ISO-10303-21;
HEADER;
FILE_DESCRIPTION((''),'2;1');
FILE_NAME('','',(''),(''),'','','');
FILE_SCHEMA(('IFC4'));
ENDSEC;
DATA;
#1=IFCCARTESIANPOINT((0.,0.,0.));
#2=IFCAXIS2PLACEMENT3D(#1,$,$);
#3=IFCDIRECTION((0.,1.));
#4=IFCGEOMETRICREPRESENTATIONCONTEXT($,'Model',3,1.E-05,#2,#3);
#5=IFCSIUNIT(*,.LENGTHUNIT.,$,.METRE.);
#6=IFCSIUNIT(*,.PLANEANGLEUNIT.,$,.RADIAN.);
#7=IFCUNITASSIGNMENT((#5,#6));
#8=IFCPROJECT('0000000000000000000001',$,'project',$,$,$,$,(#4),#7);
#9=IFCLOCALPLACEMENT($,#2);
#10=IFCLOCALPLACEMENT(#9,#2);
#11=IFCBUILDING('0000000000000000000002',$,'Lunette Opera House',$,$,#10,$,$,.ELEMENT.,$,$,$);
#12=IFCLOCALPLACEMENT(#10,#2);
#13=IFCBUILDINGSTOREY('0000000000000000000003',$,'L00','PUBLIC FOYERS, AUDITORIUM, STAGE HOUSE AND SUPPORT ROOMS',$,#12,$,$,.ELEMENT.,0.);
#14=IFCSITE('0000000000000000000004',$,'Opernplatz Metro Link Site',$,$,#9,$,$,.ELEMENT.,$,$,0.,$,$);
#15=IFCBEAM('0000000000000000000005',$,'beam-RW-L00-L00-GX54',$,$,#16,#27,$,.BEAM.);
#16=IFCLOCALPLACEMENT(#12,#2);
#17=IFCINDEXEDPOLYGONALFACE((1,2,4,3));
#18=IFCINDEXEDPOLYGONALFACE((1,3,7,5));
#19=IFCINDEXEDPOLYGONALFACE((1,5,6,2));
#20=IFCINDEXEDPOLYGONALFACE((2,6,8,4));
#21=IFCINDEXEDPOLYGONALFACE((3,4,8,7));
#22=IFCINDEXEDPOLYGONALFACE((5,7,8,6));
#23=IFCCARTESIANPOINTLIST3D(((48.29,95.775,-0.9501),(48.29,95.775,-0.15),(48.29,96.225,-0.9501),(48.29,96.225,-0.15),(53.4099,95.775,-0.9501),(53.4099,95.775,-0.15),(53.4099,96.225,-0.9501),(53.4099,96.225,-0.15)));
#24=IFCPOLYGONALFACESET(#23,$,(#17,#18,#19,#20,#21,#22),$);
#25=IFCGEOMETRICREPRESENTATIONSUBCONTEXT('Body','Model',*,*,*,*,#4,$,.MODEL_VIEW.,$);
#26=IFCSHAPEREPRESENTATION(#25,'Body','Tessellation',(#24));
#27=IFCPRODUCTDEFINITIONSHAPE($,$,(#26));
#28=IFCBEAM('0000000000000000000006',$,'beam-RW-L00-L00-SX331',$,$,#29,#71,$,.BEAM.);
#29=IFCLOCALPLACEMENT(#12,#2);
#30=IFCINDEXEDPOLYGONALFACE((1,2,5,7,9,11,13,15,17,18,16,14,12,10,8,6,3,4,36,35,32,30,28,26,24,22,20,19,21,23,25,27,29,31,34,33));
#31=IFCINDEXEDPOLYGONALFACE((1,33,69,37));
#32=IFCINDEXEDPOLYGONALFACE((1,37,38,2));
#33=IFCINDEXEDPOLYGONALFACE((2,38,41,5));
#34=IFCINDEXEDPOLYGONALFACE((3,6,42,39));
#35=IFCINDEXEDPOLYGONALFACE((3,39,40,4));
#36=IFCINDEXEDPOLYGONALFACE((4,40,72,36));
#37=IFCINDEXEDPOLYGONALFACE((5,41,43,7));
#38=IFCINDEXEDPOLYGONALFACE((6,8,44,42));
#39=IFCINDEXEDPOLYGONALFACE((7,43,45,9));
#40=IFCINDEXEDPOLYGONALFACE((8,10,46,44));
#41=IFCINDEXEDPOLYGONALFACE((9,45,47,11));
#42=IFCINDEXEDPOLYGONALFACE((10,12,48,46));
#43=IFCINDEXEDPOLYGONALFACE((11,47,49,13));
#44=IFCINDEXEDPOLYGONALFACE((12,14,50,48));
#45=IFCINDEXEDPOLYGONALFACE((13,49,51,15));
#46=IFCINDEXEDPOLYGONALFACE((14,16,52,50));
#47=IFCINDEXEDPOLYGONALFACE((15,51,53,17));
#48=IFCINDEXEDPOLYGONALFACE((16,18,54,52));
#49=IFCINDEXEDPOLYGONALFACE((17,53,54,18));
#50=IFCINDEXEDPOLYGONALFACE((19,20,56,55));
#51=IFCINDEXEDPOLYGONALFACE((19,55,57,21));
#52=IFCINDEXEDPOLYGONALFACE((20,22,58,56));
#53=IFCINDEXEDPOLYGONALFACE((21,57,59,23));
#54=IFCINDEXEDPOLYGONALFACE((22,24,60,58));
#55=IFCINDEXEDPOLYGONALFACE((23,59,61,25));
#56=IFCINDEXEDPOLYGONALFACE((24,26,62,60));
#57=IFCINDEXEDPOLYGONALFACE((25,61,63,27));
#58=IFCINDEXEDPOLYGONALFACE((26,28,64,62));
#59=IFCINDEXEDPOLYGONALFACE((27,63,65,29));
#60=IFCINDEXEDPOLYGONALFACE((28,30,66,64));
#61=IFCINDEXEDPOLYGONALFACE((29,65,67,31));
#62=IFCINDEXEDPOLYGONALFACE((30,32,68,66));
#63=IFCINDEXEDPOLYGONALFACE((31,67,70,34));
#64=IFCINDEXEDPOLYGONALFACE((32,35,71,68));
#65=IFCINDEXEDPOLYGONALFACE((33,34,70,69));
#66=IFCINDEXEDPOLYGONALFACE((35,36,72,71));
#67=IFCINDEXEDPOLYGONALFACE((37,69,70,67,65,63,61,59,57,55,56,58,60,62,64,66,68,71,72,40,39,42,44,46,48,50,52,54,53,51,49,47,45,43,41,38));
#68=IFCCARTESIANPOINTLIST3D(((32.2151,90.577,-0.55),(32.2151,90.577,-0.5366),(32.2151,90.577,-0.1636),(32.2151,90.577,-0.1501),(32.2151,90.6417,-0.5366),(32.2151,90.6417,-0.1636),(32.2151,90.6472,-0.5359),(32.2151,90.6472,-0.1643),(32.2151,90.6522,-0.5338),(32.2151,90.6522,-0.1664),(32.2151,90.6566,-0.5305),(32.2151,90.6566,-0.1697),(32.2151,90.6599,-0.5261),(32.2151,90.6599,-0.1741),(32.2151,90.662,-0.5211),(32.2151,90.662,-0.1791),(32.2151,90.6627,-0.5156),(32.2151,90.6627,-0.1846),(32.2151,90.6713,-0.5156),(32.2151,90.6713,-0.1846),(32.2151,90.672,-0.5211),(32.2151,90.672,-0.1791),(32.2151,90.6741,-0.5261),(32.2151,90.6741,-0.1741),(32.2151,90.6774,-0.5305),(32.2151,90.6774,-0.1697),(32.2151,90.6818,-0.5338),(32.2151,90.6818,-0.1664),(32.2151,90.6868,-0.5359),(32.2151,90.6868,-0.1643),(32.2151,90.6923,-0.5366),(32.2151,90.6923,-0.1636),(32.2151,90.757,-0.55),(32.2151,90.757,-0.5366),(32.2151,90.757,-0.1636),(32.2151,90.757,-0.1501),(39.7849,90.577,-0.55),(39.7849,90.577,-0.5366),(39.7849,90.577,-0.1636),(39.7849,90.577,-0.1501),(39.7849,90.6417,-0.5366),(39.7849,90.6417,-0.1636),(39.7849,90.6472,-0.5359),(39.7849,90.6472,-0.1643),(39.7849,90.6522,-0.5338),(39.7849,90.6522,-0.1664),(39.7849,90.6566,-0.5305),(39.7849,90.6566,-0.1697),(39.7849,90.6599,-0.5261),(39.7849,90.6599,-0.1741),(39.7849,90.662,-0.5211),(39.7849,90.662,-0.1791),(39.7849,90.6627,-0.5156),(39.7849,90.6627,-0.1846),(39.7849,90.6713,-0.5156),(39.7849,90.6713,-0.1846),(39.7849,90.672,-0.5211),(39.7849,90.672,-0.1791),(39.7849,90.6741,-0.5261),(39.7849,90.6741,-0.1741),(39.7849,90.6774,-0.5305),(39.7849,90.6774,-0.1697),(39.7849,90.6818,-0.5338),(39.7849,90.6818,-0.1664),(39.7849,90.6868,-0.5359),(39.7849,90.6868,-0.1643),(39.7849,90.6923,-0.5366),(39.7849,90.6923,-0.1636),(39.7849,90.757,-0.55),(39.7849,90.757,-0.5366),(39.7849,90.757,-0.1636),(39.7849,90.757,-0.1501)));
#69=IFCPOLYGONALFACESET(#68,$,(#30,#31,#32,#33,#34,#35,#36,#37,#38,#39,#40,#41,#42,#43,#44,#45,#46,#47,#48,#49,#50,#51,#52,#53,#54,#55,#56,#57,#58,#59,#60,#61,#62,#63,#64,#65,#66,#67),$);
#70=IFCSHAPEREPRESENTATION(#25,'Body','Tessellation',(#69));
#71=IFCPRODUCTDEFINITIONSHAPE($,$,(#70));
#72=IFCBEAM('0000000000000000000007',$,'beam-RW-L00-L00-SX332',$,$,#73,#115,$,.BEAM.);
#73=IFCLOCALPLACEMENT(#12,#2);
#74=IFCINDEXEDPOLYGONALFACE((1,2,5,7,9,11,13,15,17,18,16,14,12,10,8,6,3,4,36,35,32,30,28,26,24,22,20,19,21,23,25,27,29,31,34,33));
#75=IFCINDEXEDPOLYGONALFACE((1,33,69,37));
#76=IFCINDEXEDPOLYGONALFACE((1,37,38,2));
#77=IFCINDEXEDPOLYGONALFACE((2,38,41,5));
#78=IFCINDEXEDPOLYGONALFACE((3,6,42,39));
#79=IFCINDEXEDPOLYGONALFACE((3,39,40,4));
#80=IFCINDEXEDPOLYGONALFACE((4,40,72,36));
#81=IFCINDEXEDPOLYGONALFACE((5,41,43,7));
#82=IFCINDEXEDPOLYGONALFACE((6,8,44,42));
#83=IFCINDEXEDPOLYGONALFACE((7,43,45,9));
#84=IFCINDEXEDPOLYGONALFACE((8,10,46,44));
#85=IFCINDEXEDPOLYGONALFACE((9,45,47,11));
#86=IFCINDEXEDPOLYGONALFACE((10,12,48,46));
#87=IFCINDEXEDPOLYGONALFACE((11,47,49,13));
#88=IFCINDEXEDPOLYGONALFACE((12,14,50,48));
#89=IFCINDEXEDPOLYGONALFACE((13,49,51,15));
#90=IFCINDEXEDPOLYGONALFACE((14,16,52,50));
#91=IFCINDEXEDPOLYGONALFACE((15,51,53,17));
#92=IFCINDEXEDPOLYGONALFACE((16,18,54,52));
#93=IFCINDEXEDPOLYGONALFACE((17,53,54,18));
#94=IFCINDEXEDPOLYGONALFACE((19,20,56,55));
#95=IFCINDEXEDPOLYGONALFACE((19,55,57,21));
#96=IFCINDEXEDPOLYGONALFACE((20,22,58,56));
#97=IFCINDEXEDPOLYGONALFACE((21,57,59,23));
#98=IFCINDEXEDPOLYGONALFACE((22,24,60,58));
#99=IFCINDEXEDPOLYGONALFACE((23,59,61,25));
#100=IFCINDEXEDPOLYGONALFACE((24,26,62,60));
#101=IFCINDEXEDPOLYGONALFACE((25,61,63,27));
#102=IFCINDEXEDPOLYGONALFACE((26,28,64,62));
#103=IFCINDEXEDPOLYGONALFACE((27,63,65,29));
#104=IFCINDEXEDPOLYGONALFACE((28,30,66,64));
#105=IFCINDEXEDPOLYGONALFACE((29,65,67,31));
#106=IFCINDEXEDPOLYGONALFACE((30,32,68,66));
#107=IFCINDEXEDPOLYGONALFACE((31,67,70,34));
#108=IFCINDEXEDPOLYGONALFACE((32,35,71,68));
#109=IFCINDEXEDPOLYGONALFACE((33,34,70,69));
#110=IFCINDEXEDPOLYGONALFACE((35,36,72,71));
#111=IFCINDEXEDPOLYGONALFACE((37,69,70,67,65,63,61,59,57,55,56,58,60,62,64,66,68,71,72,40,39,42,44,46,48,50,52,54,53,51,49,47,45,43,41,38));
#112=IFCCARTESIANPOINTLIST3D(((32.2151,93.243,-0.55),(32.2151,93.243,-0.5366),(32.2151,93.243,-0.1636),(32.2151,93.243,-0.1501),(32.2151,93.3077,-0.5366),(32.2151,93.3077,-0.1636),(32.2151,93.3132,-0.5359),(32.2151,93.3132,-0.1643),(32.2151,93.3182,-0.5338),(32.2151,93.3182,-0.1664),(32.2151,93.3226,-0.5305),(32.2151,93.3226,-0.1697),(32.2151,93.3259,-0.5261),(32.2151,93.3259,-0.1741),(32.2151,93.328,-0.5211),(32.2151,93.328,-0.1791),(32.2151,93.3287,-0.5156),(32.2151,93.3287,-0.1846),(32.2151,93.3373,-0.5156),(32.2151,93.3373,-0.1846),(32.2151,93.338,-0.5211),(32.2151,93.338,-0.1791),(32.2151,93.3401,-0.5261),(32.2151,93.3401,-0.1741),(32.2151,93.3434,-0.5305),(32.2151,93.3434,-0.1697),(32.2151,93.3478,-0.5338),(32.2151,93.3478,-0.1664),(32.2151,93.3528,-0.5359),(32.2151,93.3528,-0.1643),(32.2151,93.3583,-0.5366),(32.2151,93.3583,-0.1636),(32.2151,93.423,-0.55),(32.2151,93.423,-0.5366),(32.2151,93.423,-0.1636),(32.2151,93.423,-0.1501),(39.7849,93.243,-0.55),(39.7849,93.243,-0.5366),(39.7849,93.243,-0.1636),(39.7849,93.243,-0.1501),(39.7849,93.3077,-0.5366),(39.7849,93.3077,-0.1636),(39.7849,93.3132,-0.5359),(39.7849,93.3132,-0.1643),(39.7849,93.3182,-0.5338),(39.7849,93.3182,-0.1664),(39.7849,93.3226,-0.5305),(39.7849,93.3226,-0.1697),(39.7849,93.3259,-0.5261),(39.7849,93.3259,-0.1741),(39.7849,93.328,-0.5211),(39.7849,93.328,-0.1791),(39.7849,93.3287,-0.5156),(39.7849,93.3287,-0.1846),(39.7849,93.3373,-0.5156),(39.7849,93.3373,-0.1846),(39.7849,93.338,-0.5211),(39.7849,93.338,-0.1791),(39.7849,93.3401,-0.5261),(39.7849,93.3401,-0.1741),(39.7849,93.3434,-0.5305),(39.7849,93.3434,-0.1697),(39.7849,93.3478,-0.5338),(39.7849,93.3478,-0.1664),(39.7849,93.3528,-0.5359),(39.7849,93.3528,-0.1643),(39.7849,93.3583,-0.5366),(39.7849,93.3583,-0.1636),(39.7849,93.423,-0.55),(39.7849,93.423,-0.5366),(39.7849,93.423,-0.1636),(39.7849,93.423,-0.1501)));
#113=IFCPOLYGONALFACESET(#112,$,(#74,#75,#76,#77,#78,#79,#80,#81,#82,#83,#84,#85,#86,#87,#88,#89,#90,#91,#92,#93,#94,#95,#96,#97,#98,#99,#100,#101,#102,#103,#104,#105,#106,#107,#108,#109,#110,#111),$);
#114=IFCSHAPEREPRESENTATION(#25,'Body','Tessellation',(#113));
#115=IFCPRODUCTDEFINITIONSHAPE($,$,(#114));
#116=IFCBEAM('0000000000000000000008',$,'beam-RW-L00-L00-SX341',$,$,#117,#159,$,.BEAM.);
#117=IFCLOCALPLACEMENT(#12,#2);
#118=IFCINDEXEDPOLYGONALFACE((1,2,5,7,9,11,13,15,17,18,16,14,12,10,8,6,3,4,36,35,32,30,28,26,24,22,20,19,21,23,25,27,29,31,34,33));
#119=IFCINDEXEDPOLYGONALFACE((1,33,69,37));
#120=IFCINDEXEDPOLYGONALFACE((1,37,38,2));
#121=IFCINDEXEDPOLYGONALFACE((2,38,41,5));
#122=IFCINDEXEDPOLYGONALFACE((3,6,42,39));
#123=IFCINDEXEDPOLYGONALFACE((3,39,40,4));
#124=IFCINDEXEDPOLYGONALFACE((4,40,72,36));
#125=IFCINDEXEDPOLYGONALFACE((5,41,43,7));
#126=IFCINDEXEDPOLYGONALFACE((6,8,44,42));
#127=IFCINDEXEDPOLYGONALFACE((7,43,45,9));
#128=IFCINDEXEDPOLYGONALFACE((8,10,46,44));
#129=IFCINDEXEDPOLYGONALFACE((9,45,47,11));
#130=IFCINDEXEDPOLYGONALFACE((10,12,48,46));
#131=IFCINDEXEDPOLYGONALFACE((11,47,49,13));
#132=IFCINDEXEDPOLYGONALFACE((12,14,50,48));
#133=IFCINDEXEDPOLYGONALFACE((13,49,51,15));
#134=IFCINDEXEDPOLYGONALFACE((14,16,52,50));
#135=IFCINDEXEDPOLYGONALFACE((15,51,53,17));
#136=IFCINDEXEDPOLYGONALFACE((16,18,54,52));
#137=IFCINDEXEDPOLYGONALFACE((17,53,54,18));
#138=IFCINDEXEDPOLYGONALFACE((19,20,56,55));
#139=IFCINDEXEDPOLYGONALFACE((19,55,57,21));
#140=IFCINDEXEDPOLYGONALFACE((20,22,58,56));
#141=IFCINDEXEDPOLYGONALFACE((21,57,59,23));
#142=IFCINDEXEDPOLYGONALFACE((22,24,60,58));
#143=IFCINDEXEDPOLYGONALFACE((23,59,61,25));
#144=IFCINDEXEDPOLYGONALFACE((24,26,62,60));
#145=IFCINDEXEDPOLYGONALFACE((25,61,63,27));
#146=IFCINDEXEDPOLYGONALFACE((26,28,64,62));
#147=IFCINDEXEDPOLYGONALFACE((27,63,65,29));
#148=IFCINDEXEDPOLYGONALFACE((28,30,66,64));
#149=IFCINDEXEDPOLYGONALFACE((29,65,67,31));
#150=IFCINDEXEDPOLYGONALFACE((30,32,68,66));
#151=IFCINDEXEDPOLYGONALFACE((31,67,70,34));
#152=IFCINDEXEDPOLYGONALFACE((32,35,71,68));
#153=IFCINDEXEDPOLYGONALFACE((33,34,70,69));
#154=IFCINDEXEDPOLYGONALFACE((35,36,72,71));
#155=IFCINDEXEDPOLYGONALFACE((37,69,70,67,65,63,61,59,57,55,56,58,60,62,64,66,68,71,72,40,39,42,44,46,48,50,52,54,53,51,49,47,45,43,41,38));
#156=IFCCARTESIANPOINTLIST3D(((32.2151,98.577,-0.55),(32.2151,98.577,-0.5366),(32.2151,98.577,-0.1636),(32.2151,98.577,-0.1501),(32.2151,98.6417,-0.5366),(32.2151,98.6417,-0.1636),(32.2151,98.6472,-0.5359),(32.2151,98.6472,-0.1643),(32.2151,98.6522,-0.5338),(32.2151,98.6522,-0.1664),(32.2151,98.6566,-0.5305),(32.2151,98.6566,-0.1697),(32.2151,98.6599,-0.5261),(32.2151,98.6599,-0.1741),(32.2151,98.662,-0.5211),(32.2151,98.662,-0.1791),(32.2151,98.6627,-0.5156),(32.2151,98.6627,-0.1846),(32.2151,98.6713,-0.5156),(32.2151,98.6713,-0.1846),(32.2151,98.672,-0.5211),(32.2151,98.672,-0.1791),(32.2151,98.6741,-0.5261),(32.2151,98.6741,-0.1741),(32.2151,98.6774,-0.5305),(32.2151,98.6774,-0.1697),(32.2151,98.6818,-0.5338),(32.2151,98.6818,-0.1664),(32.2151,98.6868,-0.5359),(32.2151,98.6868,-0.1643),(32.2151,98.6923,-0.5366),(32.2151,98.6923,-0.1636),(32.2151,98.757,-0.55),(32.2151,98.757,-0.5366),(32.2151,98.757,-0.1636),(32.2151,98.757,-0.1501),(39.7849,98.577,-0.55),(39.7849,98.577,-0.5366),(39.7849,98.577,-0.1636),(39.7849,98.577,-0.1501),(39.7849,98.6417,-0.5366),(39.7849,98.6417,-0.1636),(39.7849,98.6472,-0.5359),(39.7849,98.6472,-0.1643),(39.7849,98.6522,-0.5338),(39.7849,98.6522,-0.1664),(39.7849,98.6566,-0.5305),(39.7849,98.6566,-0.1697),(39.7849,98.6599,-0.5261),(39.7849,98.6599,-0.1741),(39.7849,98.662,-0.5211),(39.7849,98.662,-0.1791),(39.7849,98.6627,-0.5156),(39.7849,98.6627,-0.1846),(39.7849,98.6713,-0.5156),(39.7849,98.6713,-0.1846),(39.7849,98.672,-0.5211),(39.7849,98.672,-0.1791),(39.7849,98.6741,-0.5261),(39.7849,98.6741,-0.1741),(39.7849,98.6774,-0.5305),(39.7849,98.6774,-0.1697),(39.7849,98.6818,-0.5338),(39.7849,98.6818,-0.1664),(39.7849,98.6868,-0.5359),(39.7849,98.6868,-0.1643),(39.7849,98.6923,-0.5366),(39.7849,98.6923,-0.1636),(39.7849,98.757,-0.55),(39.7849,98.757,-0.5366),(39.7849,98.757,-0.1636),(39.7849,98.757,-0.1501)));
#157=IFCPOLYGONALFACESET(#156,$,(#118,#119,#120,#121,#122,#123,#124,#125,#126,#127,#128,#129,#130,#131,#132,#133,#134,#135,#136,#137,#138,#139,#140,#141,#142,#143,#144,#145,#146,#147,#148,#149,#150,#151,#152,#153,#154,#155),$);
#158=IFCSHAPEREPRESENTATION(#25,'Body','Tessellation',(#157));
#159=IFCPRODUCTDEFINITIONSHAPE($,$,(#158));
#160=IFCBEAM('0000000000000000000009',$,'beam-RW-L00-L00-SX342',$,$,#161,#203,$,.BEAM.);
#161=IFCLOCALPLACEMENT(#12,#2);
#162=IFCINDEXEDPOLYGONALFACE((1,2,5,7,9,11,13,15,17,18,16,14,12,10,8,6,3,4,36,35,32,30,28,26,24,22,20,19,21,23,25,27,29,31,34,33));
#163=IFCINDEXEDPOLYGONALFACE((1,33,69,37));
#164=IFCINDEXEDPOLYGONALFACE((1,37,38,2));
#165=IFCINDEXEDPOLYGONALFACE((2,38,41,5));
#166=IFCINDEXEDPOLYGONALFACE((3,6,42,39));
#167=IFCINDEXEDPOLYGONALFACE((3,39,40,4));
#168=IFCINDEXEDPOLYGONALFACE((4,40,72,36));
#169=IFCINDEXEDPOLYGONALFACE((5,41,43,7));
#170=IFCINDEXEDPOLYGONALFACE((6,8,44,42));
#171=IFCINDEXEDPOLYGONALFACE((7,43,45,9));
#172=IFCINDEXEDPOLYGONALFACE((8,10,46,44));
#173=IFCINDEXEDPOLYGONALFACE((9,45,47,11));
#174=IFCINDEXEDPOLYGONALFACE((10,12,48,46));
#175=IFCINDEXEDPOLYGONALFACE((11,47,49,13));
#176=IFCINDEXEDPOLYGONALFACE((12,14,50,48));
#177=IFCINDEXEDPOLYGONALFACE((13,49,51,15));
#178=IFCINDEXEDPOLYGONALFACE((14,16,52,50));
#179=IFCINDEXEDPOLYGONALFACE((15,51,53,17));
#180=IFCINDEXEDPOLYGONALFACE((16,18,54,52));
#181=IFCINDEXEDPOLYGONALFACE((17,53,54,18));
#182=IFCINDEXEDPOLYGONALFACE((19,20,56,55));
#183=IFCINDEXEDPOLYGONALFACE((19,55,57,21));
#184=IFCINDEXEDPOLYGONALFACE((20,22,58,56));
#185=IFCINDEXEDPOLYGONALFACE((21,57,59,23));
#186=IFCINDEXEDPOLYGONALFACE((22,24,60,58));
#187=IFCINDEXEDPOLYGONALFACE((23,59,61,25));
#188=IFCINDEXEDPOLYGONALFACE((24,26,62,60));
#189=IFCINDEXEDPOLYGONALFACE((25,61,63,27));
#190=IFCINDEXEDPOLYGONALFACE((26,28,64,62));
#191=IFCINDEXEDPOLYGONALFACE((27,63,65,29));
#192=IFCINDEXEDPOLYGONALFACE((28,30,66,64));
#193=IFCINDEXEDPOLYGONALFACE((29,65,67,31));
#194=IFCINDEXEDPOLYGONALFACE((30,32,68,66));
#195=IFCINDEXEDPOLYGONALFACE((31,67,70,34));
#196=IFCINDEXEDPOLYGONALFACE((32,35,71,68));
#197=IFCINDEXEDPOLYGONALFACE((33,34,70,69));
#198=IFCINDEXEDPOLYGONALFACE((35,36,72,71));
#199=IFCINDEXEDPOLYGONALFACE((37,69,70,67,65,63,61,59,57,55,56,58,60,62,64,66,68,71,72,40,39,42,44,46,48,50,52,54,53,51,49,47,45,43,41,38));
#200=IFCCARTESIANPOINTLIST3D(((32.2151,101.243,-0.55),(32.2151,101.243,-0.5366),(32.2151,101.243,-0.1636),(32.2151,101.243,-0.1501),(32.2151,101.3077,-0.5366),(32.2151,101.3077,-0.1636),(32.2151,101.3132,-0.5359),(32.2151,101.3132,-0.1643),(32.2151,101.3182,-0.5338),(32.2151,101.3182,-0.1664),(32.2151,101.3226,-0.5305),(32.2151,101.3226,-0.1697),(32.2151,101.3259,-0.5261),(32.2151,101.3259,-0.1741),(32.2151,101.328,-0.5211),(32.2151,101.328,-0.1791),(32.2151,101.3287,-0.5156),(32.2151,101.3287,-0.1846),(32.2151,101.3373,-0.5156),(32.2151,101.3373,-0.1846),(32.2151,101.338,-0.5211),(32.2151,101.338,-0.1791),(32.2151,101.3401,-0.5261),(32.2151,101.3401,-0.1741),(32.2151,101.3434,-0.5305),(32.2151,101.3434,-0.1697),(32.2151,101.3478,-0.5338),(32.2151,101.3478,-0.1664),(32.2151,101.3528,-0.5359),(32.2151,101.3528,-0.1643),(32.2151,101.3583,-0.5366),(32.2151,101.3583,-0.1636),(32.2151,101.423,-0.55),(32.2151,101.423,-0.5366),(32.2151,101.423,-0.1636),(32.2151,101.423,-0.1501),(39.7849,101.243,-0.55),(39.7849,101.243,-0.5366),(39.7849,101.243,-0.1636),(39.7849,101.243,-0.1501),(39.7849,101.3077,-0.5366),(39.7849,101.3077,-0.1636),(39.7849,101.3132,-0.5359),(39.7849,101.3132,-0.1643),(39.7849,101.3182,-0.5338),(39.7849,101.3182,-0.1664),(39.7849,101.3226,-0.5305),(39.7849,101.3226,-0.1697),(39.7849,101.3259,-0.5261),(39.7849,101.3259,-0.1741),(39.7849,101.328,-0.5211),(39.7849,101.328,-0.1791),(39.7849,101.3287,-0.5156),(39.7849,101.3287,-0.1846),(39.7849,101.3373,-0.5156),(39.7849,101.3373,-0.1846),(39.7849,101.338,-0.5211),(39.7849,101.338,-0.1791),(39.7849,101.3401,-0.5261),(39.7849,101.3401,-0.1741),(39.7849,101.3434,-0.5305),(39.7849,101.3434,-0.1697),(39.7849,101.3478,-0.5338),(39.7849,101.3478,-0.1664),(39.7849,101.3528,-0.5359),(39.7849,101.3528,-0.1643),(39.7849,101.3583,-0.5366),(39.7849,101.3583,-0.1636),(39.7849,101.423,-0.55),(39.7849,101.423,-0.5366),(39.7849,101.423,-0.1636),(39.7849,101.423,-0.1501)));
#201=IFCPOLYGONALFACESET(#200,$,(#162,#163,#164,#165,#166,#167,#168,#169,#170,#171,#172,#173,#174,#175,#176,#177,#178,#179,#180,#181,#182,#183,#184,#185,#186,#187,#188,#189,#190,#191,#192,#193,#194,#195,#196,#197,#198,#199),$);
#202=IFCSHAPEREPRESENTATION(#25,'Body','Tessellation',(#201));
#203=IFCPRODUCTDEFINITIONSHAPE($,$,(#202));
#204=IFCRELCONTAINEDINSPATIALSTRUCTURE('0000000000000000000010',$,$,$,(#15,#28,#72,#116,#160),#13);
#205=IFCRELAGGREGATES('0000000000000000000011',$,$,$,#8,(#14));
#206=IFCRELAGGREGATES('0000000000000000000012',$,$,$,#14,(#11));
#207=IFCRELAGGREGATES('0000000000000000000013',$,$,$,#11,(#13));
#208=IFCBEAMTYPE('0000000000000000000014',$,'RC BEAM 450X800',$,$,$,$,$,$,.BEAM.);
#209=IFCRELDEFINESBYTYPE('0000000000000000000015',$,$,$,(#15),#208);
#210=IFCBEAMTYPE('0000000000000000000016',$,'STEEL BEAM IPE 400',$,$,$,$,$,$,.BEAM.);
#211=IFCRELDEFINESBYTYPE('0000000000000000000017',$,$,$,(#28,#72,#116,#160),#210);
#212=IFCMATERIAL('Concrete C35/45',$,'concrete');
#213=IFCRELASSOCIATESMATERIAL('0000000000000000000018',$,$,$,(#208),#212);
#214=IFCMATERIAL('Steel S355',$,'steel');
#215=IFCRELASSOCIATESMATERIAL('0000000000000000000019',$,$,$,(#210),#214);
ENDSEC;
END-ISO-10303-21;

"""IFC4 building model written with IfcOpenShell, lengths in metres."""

from ifc_helpers import new_model, si_unit, direction, frame, origin, origin_2d, place, context, subcontext, project, spatial, rectangle, i_section, extrude, material, material_profile, profile_set, type_object, element, save


model = new_model("IFC4")

# Units and contexts
model_context = context("Model", 3, precision=1e-05, world=origin(), true_north=direction((0.0, 1.0)))
body_context = subcontext(model_context, "Body", "Model", "MODEL_VIEW")
ifc_project = project(units=[si_unit("LENGTHUNIT", "METRE"), si_unit("PLANEANGLEUNIT", "RADIAN")], contexts=[model_context])

# Site, building, storey
site_placement = place(None, origin())
site = spatial("IfcSite", under=ifc_project, at=site_placement, Name="Opernplatz Metro Link Site", CompositionType="ELEMENT", RefElevation=0.0)
building_placement = place(site_placement, origin())
building = spatial("IfcBuilding", under=site, at=building_placement, Name="Lunette Opera House", CompositionType="ELEMENT")
storey_placement = place(building_placement, origin())
storey = spatial("IfcBuildingStorey", under=building, at=storey_placement, Name="L00", Description="PUBLIC FOYERS, AUDITORIUM, STAGE HOUSE AND SUPPORT ROOMS", CompositionType="ELEMENT", Elevation=0.0)

# Beams
ifc_material_1 = material(Name="Concrete C35/45", Category="concrete")
ifc_material_profile_1 = material_profile(ifc_material_1, rectangle(XDim=0.45, YDim=0.8, at=origin_2d()), Name="RC BEAM 450X800")
ifc_profile_set_1 = profile_set([ifc_material_profile_1], Name="Concrete C35/45")
beam_type_1 = type_object("IfcBeamType", Name="RC BEAM 450X800", PredefinedType="BEAM", material=ifc_profile_set_1)
beam_1_placement = place(storey_placement, frame((48.29, 96.0, -0.55), z_axis=(1.0, 0.0, 0.0), x_axis=(0.0, 1.0, 0.0)))
element("IfcBeam", 1, at=beam_1_placement, inside=storey, type_object=beam_type_1, Name="beam-RW-L00-L00-GX54", PredefinedType="BEAM", context=body_context, shape_type="SweptSolid", body=[
    extrude(rectangle(XDim=0.45, YDim=0.8, at=origin_2d()), origin(), (0.0, 0.0, 1.0), 5.1199),
])
ifc_material_2 = material(Name="Steel S355", Category="steel")
ifc_material_profile_2 = material_profile(ifc_material_2, i_section(OverallWidth=0.1799, OverallDepth=0.3999, WebThickness=0.0085, FlangeThickness=0.0134, FilletRadius=0.021, at=origin_2d()), Name="IPE 400")
ifc_profile_set_2 = profile_set([ifc_material_profile_2], Name="Steel S355")
beam_type_2 = type_object("IfcBeamType", Name="STEEL BEAM IPE 400", PredefinedType="BEAM", material=ifc_profile_set_2)
for number, where, z_axis, x_axis, name in (
    (2, (32.2151, 90.667, -0.3501), (1.0, 0.0, 0.0), (0.0, 1.0, 0.0), "beam-RW-L00-L00-SX331"),
    (3, (32.2151, 93.333, -0.3501), (1.0, 0.0, 0.0), (0.0, 1.0, 0.0), "beam-RW-L00-L00-SX332"),
    (4, (32.2151, 98.667, -0.3501), (1.0, 0.0, 0.0), (0.0, 1.0, 0.0), "beam-RW-L00-L00-SX341"),
    (5, (32.2151, 101.333, -0.3501), (1.0, 0.0, 0.0), (0.0, 1.0, 0.0), "beam-RW-L00-L00-SX342"),
):
    element("IfcBeam", number, at=place(storey_placement, frame(where, z_axis=z_axis, x_axis=x_axis)), inside=storey, type_object=beam_type_2, Name=name, PredefinedType="BEAM", context=body_context, shape_type="SweptSolid", body=[
        extrude(i_section(OverallWidth=0.1799, OverallDepth=0.3999, WebThickness=0.0085, FlangeThickness=0.0134, FilletRadius=0.021, at=origin_2d()), origin(), (0.0, 0.0, 1.0), 7.5698),
    ])

save(model, "model.ifc")
